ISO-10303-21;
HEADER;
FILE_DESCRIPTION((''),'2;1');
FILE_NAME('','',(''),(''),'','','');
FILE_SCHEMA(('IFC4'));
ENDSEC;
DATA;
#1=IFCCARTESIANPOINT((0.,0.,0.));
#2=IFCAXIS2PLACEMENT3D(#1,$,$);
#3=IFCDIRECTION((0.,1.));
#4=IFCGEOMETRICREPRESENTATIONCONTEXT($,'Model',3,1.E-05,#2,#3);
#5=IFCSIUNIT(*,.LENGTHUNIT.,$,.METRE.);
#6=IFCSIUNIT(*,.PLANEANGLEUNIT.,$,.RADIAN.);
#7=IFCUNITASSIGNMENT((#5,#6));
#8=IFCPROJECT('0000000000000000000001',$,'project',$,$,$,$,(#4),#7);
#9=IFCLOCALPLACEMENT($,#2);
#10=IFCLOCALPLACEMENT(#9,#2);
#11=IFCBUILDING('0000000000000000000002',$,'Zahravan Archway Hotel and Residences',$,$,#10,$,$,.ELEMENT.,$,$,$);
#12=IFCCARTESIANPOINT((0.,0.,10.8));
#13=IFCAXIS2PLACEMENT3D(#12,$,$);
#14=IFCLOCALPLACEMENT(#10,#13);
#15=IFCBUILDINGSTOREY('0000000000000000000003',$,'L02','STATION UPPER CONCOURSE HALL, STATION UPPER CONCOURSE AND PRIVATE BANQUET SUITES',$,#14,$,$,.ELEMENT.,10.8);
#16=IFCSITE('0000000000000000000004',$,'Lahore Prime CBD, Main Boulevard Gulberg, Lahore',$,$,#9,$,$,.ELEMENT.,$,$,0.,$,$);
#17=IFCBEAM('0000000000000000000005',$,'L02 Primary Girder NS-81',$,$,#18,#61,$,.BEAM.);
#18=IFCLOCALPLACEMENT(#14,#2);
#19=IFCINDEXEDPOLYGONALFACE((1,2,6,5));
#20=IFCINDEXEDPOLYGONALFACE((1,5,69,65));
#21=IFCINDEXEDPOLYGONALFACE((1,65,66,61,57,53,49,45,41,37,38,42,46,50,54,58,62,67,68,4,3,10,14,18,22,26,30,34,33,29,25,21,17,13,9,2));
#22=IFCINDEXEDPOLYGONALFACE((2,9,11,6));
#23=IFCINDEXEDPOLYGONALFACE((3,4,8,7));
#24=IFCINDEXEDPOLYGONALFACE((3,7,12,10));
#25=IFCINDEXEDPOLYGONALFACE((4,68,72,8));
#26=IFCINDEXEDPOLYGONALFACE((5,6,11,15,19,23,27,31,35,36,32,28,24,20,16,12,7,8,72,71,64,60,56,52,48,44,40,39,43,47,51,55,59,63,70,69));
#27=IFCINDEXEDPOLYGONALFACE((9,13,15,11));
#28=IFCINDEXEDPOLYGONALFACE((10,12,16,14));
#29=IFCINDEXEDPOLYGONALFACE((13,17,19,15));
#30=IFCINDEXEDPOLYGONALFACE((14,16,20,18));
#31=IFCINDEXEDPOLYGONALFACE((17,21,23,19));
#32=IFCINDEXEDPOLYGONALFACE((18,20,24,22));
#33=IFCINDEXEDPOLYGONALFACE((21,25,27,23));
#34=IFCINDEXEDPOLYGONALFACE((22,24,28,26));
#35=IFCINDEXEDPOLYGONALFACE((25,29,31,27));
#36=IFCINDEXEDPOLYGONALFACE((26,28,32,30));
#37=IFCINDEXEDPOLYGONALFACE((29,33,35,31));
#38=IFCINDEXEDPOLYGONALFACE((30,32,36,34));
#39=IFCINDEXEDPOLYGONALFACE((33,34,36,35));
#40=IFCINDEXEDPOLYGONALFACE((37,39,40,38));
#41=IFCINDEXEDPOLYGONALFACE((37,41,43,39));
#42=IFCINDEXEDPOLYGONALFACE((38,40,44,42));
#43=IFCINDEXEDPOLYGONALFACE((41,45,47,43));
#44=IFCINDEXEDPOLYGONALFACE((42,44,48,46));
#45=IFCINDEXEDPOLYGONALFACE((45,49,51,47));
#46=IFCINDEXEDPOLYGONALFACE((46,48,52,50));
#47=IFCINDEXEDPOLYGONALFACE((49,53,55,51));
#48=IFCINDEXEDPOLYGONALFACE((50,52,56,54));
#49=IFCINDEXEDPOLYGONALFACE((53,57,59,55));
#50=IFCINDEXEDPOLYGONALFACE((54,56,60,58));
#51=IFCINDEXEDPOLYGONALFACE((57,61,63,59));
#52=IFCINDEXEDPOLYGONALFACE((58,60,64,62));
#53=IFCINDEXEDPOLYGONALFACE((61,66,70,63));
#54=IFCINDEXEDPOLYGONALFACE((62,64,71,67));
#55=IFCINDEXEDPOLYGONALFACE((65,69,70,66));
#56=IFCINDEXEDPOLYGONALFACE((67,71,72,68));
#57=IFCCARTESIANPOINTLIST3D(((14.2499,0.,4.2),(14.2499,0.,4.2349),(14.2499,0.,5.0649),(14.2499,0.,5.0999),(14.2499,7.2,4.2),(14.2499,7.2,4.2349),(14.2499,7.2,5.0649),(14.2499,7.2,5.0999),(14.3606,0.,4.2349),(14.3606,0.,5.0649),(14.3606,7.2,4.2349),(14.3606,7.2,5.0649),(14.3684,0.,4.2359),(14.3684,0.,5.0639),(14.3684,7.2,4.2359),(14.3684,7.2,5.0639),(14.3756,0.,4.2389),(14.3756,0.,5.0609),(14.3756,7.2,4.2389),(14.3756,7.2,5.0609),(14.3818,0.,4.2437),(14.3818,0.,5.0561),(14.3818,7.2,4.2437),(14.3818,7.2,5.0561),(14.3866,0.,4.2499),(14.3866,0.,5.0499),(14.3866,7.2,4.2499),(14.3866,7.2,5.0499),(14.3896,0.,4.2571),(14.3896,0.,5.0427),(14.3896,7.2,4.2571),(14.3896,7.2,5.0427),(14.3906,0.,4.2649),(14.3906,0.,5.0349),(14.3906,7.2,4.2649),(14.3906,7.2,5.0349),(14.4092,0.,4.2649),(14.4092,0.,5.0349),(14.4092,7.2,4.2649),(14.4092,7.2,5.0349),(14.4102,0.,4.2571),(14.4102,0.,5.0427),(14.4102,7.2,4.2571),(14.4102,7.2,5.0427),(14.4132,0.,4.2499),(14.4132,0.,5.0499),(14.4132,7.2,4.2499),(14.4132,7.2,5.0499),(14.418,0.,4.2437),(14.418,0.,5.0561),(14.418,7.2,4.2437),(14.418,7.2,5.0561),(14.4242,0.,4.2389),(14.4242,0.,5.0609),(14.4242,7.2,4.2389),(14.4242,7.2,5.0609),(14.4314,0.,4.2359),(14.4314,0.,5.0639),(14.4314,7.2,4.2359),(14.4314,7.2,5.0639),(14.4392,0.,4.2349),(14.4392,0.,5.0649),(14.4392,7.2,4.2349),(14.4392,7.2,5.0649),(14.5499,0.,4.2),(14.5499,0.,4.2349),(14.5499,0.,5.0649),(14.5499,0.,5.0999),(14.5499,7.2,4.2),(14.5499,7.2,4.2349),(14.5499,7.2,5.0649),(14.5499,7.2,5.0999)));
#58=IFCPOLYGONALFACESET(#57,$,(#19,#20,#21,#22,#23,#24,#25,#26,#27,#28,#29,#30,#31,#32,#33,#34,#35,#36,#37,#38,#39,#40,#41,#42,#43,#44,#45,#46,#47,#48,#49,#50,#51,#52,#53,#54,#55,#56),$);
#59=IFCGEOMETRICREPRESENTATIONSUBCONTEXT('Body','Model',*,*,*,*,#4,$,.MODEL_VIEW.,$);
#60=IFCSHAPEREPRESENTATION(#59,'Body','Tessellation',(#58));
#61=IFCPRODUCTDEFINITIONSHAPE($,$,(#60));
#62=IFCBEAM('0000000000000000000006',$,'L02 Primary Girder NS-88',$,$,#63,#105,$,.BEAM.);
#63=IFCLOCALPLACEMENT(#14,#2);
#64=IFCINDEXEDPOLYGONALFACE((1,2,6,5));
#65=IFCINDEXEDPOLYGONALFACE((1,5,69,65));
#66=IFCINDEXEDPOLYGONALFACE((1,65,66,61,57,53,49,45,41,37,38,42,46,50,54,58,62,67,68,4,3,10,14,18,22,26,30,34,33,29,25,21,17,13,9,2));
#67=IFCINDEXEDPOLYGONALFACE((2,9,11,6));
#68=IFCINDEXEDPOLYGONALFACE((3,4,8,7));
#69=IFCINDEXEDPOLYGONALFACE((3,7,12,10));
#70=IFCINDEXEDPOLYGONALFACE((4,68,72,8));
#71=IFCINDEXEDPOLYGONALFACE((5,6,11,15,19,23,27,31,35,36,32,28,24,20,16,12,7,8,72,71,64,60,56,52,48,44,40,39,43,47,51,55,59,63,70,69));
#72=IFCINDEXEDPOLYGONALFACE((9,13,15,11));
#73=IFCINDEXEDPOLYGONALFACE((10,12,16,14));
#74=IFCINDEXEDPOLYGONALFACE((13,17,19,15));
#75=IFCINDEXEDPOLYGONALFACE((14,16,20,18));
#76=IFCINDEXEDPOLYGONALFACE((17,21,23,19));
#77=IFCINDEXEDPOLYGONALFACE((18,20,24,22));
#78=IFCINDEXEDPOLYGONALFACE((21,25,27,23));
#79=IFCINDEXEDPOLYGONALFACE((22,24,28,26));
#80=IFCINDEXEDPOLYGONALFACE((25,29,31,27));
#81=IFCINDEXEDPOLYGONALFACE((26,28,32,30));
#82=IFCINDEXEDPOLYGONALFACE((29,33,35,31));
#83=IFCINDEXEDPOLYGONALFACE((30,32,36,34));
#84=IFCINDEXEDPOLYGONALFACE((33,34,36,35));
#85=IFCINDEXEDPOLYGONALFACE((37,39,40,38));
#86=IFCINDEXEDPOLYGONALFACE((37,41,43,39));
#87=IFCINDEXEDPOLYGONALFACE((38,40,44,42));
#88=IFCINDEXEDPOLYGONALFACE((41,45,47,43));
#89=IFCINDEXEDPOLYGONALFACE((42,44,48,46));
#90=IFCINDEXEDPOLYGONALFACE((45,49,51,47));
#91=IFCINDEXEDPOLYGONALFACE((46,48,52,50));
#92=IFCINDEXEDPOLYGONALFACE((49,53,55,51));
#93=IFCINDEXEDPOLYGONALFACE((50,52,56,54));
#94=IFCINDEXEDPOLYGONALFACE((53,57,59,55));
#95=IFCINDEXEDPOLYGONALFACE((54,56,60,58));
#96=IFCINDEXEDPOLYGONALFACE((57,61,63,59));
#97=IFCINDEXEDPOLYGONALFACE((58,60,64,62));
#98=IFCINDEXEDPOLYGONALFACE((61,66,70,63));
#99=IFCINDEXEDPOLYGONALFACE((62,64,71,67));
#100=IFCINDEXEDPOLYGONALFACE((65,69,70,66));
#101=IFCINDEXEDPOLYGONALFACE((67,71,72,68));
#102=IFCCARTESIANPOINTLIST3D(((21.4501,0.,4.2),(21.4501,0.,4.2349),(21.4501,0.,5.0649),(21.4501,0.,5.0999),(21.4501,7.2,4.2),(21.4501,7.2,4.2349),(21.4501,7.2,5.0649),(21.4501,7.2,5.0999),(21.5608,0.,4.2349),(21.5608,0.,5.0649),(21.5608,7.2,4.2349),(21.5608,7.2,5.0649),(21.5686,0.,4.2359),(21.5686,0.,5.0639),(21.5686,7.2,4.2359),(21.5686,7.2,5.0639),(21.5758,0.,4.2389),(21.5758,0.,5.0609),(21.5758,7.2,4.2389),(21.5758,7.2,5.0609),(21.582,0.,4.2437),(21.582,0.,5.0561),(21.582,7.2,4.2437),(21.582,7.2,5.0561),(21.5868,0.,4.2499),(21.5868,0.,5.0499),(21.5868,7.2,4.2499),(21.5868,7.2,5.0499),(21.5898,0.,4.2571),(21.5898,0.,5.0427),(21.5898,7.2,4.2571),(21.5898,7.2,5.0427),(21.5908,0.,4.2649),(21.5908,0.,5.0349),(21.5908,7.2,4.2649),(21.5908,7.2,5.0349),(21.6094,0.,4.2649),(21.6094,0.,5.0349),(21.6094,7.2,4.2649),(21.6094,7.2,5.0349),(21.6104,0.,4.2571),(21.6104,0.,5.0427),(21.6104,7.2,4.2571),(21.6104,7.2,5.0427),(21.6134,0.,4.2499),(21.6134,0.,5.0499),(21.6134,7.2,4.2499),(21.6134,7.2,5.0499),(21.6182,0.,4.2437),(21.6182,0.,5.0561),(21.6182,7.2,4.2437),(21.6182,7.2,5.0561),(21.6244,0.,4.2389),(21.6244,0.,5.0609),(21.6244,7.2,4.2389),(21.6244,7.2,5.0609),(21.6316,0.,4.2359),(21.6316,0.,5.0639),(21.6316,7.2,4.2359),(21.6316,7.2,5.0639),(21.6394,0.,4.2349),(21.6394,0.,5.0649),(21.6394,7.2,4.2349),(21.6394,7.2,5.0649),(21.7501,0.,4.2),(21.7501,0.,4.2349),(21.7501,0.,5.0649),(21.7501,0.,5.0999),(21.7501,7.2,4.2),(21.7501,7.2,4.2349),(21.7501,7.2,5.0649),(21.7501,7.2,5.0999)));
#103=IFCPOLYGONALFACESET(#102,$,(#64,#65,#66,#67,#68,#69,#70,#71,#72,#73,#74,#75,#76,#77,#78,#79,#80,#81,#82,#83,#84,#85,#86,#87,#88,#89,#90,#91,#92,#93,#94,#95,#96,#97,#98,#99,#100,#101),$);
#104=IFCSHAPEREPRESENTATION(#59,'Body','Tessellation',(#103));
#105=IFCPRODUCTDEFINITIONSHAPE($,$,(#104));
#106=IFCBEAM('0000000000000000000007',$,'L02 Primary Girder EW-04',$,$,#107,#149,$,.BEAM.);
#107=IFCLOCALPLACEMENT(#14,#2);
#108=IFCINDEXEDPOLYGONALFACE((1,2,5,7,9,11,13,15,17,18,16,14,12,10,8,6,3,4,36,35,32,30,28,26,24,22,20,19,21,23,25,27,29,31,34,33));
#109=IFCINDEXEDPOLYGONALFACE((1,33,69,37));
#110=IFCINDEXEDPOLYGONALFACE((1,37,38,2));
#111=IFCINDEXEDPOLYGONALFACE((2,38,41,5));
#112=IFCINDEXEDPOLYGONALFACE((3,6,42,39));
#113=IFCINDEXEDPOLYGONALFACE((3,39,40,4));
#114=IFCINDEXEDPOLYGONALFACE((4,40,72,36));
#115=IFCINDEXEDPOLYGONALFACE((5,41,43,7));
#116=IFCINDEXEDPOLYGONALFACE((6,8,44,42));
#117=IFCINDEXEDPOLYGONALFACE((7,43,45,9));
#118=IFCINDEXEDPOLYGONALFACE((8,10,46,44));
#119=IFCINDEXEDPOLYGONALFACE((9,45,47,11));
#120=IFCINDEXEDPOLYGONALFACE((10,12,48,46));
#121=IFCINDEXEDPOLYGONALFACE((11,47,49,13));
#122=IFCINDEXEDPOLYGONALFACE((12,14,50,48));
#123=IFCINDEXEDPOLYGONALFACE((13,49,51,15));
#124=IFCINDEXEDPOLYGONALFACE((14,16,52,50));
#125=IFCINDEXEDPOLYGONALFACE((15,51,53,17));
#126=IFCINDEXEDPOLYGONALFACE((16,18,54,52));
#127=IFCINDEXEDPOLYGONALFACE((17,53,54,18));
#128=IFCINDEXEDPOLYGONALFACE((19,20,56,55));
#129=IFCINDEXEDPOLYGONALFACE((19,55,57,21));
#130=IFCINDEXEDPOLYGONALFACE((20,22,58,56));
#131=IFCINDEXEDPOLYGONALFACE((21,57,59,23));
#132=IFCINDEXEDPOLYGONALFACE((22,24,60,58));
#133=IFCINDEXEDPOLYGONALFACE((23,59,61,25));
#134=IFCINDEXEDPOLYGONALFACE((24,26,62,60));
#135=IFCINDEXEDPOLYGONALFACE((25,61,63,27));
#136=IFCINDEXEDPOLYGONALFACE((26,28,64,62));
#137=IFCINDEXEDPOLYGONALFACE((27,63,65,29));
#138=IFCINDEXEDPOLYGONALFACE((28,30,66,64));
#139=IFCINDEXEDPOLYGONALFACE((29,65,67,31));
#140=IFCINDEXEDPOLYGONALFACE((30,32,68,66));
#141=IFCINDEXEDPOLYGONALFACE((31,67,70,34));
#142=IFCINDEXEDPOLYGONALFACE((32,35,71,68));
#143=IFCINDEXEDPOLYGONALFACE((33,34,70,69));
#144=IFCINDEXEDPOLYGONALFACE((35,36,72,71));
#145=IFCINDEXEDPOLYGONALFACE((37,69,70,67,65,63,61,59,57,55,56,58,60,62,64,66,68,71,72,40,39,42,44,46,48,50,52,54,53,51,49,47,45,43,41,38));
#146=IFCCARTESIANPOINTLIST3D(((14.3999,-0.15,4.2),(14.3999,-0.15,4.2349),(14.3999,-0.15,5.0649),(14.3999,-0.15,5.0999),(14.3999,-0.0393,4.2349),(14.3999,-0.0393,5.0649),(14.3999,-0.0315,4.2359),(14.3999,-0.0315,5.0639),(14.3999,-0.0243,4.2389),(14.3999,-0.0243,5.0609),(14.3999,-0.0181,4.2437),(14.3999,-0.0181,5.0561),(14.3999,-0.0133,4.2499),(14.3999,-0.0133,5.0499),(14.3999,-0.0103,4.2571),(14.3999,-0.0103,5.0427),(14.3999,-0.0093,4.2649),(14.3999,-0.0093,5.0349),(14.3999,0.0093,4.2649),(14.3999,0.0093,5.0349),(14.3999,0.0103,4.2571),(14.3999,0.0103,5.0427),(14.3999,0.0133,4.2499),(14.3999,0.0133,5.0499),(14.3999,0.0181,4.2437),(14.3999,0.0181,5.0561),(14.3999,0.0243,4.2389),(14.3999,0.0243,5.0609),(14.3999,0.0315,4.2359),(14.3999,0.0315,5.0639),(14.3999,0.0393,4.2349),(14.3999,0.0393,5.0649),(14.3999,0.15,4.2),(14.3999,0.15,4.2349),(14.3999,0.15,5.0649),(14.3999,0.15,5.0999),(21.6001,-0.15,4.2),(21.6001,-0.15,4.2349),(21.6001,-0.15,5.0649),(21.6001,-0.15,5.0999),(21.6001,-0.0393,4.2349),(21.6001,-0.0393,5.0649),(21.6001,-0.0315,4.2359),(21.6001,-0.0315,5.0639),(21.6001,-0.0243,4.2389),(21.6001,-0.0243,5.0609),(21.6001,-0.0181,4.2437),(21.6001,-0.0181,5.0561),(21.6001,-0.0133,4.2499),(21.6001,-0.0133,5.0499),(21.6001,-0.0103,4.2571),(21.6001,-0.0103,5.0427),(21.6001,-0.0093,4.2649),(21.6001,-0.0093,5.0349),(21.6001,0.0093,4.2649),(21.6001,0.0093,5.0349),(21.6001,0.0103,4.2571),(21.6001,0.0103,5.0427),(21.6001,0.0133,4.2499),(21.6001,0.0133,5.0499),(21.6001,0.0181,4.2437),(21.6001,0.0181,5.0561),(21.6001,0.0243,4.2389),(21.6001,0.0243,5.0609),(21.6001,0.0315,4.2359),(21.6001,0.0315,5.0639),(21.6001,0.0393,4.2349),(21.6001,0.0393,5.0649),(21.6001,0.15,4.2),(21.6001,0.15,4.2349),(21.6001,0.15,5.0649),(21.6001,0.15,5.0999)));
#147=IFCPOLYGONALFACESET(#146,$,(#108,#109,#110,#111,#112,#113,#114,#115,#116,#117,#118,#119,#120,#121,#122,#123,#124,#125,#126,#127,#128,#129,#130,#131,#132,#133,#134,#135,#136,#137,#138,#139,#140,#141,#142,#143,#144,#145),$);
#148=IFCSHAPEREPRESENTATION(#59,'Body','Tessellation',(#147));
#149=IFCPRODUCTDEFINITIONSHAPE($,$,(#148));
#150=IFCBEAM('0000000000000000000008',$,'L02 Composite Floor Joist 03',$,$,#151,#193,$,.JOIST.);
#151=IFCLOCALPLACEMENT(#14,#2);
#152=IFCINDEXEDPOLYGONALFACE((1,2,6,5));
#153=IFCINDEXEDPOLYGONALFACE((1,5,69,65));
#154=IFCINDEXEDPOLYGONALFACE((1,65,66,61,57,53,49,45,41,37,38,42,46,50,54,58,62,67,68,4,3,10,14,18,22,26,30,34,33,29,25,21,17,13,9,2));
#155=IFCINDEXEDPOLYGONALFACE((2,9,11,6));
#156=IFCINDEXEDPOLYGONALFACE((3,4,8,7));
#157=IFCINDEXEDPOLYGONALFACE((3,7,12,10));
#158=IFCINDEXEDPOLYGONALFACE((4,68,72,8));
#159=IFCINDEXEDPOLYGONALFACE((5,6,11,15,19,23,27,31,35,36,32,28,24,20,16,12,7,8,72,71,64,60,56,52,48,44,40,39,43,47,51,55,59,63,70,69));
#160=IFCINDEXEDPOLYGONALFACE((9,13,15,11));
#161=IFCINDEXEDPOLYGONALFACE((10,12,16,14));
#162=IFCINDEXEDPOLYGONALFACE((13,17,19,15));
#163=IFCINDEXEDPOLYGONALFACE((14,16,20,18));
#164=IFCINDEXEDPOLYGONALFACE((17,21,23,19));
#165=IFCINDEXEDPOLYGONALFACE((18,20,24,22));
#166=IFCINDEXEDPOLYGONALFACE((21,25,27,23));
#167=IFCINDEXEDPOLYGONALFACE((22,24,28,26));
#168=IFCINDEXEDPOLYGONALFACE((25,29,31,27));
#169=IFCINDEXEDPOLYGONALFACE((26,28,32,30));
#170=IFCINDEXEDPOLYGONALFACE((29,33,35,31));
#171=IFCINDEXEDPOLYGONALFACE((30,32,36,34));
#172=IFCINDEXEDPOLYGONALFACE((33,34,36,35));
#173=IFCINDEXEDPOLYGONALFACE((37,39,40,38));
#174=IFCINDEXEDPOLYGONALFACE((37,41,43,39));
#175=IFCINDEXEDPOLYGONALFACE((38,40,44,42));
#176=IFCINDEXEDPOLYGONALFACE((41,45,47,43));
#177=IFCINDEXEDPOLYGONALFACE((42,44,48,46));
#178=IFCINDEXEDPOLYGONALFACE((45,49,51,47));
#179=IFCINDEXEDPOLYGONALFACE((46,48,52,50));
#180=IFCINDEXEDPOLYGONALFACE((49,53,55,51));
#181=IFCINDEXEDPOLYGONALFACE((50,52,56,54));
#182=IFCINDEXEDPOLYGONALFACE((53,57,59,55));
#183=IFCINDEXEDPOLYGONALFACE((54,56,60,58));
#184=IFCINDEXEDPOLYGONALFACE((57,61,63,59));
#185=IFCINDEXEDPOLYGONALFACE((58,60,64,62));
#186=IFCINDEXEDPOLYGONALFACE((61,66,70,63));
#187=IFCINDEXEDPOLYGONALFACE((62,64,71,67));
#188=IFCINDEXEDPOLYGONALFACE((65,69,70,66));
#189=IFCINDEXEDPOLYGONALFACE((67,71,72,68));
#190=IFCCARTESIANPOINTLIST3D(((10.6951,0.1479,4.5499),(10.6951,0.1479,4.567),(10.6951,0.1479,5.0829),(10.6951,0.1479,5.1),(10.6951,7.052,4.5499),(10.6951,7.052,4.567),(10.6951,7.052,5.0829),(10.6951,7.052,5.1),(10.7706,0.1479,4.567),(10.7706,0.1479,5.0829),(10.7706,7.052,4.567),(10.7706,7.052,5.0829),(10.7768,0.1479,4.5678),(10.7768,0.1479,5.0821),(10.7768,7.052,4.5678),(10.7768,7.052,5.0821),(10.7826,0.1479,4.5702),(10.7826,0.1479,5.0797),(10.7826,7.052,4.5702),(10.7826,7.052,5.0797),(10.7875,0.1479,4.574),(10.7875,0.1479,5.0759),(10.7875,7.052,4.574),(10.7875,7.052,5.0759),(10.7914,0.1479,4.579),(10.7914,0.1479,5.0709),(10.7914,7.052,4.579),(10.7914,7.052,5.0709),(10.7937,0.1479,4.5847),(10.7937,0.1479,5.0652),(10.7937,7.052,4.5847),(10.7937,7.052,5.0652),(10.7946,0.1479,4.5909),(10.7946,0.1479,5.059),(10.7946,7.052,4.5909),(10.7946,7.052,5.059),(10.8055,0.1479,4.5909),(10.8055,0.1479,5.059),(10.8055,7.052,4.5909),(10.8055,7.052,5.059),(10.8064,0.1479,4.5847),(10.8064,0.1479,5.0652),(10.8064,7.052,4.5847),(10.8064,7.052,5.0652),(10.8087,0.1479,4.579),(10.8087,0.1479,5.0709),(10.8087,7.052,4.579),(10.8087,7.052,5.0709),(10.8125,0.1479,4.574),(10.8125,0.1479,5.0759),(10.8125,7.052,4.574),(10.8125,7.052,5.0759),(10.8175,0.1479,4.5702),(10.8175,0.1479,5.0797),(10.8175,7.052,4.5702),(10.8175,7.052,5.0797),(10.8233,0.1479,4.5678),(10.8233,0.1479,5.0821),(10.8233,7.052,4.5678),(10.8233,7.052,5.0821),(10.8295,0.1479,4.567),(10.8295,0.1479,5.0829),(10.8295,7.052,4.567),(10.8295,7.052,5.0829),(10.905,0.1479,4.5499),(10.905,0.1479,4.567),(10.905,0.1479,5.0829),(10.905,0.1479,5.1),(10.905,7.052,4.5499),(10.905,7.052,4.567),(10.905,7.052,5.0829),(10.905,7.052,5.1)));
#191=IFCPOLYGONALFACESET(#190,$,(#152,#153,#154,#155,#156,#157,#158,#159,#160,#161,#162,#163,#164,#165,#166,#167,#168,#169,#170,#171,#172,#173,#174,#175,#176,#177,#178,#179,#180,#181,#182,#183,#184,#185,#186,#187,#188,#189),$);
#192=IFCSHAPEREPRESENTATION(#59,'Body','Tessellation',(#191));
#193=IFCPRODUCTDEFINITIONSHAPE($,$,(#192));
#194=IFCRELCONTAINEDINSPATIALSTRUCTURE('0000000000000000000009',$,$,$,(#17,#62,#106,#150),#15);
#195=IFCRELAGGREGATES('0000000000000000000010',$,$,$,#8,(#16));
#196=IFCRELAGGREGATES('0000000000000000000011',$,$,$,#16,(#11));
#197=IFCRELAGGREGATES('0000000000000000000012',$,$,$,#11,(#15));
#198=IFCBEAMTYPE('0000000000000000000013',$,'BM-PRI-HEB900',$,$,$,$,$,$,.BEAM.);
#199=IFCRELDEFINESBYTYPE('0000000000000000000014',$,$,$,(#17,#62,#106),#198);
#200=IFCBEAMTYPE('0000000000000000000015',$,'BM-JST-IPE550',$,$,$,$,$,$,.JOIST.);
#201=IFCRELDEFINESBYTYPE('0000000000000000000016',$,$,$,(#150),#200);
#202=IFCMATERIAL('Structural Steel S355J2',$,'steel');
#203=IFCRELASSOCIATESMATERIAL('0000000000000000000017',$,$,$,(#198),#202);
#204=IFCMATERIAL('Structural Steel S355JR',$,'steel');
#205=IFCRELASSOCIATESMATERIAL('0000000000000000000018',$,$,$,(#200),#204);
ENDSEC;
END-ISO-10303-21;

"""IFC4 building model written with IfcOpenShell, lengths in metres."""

from ifc_helpers import new_model, si_unit, direction, frame, origin, origin_2d, place, context, subcontext, project, spatial, i_section, extrude, source, transform, mapped, material, material_profile, profile_set, type_object, type_shapes, element, save


model = new_model("IFC4")

# Units and contexts
model_context = context("Model", 3, precision=1e-05, world=origin(), true_north=direction((0.0, 1.0)))
body_context = subcontext(model_context, "Body", "Model", "MODEL_VIEW")
ifc_project = project(units=[si_unit("LENGTHUNIT", "METRE"), si_unit("PLANEANGLEUNIT", "RADIAN")], contexts=[model_context])

# Site, building, storey
site_placement = place(None, origin())
site = spatial("IfcSite", under=ifc_project, at=site_placement, Name="Lahore Prime CBD, Main Boulevard Gulberg, Lahore", CompositionType="ELEMENT", RefElevation=0.0)
building_placement = place(site_placement, origin())
building = spatial("IfcBuilding", under=site, at=building_placement, Name="Zahravan Archway Hotel and Residences", CompositionType="ELEMENT")
storey_placement = place(building_placement, frame((0.0, 0.0, 10.8)))
storey = spatial("IfcBuildingStorey", under=building, at=storey_placement, Name="L02", Description="STATION UPPER CONCOURSE HALL, STATION UPPER CONCOURSE AND PRIVATE BANQUET SUITES", CompositionType="ELEMENT", Elevation=10.8)

# Beams
ifc_material_1 = material(Name="Structural Steel S355J2", Category="steel")
ifc_material_profile_1 = material_profile(ifc_material_1, i_section(OverallWidth=0.3, OverallDepth=0.8999, WebThickness=0.0186, FlangeThickness=0.0349, FilletRadius=0.03, at=origin_2d()), Name="HEB 900", Category="steel")
ifc_profile_set_1 = profile_set([ifc_material_profile_1], Name="Structural Steel S355J2")
beam_type_1 = type_object("IfcBeamType", Name="BM-PRI-HEB900", PredefinedType="BEAM", material=ifc_profile_set_1)
shared_shape_1 = source(origin(), body_context, "Body", "SweptSolid", [
    extrude(i_section(OverallWidth=0.3, OverallDepth=0.8999, WebThickness=0.0186, FlangeThickness=0.0349, FilletRadius=0.03, at=origin_2d()), origin(), (0.0, 0.0, 1.0), 7.2),
])
for number, where, z_axis, x_axis, name in (
    (1, (14.3999, 0.0, 4.6499), (0.0, 1.0, 0.0), (-1.0, 0.0, 0.0), "L02 Primary Girder NS-81"),
    (2, (21.6001, 0.0, 4.6499), (0.0, 1.0, 0.0), (-1.0, 0.0, 0.0), "L02 Primary Girder NS-88"),
):
    element("IfcBeam", number, at=place(storey_placement, frame(where, z_axis=z_axis, x_axis=x_axis)), inside=storey, type_object=beam_type_1, Name=name, PredefinedType="BEAM", context=body_context, shape_type="MappedRepresentation", body=[
        mapped(shared_shape_1, transform((0.0, 0.0, 0.0), scale=1.0)),
    ])
shared_shape_2 = source(origin(), body_context, "Body", "SweptSolid", [
    extrude(i_section(OverallWidth=0.3, OverallDepth=0.8999, WebThickness=0.0186, FlangeThickness=0.0349, FilletRadius=0.03, at=origin_2d()), origin(), (0.0, 0.0, 1.0), 7.2002),
])
beam_1_placement = place(storey_placement, frame((14.3999, 0.0, 4.6499), z_axis=(1.0, 0.0, 0.0), x_axis=(0.0, 1.0, 0.0)))
element("IfcBeam", 3, at=beam_1_placement, inside=storey, type_object=beam_type_1, Name="L02 Primary Girder EW-04", PredefinedType="BEAM", context=body_context, shape_type="MappedRepresentation", body=[
    mapped(shared_shape_2, transform((0.0, 0.0, 0.0), scale=1.0)),
])
ifc_material_2 = material(Name="Structural Steel S355JR", Category="steel")
ifc_material_profile_2 = material_profile(ifc_material_2, i_section(OverallWidth=0.21, OverallDepth=0.55, WebThickness=0.011, FlangeThickness=0.0171, FilletRadius=0.0239, at=origin_2d()), Name="IPE 550", Category="steel")
ifc_profile_set_2 = profile_set([ifc_material_profile_2], Name="Structural Steel S355JR")
beam_type_2 = type_object("IfcBeamType", Name="BM-JST-IPE550", PredefinedType="JOIST", material=ifc_profile_set_2)
shared_shape_3 = source(origin(), body_context, "Body", "SweptSolid", [
    extrude(i_section(OverallWidth=0.21, OverallDepth=0.55, WebThickness=0.011, FlangeThickness=0.0171, FilletRadius=0.0239, at=origin_2d()), origin(), (0.0, 0.0, 1.0), 6.9041),
])
type_shapes(beam_type_2, [shared_shape_3])
for number, where, z_axis, x_axis, name in (
    (4, (10.8, 0.1479, 4.825), (0.0, 1.0, 0.0), (-1.0, 0.0, 0.0), "L02 Composite Floor Joist 03"),
):
    element("IfcBeam", number, at=place(storey_placement, frame(where, z_axis=z_axis, x_axis=x_axis)), inside=storey, type_object=beam_type_2, Name=name, PredefinedType="JOIST", context=body_context, shape_type="MappedRepresentation", body=[
        mapped(shared_shape_3, transform((0.0, 0.0, 0.0), scale=1.0)),
    ])

save(model, "model.ifc")
